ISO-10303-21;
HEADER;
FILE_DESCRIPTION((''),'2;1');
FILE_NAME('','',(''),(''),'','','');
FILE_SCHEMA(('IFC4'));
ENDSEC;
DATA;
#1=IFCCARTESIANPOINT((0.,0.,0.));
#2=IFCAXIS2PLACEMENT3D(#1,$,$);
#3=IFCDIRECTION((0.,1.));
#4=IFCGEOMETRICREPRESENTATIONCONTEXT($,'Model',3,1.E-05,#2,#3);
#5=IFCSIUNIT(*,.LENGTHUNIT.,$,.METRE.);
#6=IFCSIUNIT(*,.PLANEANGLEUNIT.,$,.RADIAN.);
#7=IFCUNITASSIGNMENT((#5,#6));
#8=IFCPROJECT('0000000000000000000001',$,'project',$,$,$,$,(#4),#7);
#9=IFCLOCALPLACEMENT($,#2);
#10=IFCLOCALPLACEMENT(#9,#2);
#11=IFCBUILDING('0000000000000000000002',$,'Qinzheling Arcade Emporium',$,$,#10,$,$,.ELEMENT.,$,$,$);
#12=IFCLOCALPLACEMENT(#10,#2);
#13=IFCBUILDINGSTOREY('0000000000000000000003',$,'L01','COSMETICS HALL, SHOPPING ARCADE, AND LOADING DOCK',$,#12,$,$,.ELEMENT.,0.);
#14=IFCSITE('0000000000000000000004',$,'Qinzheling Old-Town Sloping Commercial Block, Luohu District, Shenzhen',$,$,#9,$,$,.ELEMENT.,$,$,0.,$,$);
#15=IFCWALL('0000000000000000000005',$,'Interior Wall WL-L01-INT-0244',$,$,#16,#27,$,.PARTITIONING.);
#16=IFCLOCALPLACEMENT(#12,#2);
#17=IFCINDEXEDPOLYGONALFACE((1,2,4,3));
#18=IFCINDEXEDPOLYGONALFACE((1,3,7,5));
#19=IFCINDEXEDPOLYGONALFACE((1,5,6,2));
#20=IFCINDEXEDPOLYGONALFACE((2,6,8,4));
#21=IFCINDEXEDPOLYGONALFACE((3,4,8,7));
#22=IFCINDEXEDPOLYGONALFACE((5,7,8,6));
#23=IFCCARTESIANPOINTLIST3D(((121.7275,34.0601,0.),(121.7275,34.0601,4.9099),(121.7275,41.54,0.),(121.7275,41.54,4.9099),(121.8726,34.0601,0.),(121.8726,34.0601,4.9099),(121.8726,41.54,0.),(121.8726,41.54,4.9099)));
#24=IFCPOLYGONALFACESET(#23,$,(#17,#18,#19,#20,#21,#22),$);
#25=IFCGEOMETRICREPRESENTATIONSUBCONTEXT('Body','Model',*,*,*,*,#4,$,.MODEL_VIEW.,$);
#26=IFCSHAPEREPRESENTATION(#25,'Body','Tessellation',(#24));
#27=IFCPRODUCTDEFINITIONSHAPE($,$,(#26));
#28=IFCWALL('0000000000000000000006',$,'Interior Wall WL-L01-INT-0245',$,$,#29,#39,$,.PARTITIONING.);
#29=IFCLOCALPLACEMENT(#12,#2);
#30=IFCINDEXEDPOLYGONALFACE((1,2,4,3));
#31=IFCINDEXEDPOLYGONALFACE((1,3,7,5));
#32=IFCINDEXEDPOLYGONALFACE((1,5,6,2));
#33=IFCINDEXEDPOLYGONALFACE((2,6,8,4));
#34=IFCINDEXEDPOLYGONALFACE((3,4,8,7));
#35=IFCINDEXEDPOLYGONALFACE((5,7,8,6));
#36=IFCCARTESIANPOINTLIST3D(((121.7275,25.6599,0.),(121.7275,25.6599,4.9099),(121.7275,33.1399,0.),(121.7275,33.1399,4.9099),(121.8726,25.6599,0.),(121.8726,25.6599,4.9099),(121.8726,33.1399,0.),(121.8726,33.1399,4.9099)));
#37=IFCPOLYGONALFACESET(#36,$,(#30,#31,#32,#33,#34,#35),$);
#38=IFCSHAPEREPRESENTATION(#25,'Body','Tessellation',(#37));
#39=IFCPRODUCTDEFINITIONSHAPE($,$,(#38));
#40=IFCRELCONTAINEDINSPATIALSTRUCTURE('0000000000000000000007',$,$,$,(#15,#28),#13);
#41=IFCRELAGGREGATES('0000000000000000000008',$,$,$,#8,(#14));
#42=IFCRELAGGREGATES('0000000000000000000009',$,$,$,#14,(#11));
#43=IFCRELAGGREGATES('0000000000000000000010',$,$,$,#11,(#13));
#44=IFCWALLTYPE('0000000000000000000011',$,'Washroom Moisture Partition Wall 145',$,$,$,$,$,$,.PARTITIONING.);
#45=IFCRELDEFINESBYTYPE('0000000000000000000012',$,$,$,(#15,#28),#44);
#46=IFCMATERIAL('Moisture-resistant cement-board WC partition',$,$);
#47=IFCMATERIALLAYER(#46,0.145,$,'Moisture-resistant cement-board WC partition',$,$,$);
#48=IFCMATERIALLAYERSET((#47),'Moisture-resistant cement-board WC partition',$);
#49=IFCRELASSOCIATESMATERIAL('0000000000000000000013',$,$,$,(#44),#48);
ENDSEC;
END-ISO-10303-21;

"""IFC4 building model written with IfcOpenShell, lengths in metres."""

from ifc_helpers import new_model, si_unit, direction, frame, frame_2d, origin, place, context, subcontext, project, spatial, rectangle, extrude, material, layer, layer_set, type_object, element, save


model = new_model("IFC4")

# Units and contexts
model_context = context("Model", 3, precision=1e-05, world=origin(), true_north=direction((0.0, 1.0)))
body_context = subcontext(model_context, "Body", "Model", "MODEL_VIEW")
ifc_project = project(units=[si_unit("LENGTHUNIT", "METRE"), si_unit("PLANEANGLEUNIT", "RADIAN")], contexts=[model_context])

# Site, building, storey
site_placement = place(None, origin())
site = spatial("IfcSite", under=ifc_project, at=site_placement, Name="Qinzheling Old-Town Sloping Commercial Block, Luohu District, Shenzhen", CompositionType="ELEMENT", RefElevation=0.0)
building_placement = place(site_placement, origin())
building = spatial("IfcBuilding", under=site, at=building_placement, Name="Qinzheling Arcade Emporium", CompositionType="ELEMENT")
storey_placement = place(building_placement, origin())
storey = spatial("IfcBuildingStorey", under=building, at=storey_placement, Name="L01", Description="COSMETICS HALL, SHOPPING ARCADE, AND LOADING DOCK", CompositionType="ELEMENT", Elevation=0.0)

# Walls
ifc_material_1 = material(Name="Moisture-resistant cement-board WC partition")
ifc_layer_1 = layer(ifc_material_1, 0.145, Name="Moisture-resistant cement-board WC partition")
ifc_layer_set_1 = layer_set([ifc_layer_1], Name="Moisture-resistant cement-board WC partition")
wall_type_1 = type_object("IfcWallType", Name="Washroom Moisture Partition Wall 145", PredefinedType="PARTITIONING", material=ifc_layer_set_1)
for number, where, z_axis, x_axis, name in (
    (1, (121.8, 41.54, 0.0), (0.0, 0.0, 1.0), (0.0, -1.0, 0.0), "Interior Wall WL-L01-INT-0244"),
    (2, (121.8, 33.1399, 0.0), (0.0, 0.0, 1.0), (0.0, -1.0, 0.0), "Interior Wall WL-L01-INT-0245"),
):
    element("IfcWall", number, at=place(storey_placement, frame(where, z_axis=z_axis, x_axis=x_axis)), inside=storey, type_object=wall_type_1, Name=name, PredefinedType="PARTITIONING", context=body_context, shape_type="SweptSolid", body=[
        extrude(rectangle(XDim=7.48, YDim=0.145, at=frame_2d((3.74, 0.0))), origin(), (0.0, 0.0, 1.0), 4.9099),
    ])

save(model, "model.ifc")
